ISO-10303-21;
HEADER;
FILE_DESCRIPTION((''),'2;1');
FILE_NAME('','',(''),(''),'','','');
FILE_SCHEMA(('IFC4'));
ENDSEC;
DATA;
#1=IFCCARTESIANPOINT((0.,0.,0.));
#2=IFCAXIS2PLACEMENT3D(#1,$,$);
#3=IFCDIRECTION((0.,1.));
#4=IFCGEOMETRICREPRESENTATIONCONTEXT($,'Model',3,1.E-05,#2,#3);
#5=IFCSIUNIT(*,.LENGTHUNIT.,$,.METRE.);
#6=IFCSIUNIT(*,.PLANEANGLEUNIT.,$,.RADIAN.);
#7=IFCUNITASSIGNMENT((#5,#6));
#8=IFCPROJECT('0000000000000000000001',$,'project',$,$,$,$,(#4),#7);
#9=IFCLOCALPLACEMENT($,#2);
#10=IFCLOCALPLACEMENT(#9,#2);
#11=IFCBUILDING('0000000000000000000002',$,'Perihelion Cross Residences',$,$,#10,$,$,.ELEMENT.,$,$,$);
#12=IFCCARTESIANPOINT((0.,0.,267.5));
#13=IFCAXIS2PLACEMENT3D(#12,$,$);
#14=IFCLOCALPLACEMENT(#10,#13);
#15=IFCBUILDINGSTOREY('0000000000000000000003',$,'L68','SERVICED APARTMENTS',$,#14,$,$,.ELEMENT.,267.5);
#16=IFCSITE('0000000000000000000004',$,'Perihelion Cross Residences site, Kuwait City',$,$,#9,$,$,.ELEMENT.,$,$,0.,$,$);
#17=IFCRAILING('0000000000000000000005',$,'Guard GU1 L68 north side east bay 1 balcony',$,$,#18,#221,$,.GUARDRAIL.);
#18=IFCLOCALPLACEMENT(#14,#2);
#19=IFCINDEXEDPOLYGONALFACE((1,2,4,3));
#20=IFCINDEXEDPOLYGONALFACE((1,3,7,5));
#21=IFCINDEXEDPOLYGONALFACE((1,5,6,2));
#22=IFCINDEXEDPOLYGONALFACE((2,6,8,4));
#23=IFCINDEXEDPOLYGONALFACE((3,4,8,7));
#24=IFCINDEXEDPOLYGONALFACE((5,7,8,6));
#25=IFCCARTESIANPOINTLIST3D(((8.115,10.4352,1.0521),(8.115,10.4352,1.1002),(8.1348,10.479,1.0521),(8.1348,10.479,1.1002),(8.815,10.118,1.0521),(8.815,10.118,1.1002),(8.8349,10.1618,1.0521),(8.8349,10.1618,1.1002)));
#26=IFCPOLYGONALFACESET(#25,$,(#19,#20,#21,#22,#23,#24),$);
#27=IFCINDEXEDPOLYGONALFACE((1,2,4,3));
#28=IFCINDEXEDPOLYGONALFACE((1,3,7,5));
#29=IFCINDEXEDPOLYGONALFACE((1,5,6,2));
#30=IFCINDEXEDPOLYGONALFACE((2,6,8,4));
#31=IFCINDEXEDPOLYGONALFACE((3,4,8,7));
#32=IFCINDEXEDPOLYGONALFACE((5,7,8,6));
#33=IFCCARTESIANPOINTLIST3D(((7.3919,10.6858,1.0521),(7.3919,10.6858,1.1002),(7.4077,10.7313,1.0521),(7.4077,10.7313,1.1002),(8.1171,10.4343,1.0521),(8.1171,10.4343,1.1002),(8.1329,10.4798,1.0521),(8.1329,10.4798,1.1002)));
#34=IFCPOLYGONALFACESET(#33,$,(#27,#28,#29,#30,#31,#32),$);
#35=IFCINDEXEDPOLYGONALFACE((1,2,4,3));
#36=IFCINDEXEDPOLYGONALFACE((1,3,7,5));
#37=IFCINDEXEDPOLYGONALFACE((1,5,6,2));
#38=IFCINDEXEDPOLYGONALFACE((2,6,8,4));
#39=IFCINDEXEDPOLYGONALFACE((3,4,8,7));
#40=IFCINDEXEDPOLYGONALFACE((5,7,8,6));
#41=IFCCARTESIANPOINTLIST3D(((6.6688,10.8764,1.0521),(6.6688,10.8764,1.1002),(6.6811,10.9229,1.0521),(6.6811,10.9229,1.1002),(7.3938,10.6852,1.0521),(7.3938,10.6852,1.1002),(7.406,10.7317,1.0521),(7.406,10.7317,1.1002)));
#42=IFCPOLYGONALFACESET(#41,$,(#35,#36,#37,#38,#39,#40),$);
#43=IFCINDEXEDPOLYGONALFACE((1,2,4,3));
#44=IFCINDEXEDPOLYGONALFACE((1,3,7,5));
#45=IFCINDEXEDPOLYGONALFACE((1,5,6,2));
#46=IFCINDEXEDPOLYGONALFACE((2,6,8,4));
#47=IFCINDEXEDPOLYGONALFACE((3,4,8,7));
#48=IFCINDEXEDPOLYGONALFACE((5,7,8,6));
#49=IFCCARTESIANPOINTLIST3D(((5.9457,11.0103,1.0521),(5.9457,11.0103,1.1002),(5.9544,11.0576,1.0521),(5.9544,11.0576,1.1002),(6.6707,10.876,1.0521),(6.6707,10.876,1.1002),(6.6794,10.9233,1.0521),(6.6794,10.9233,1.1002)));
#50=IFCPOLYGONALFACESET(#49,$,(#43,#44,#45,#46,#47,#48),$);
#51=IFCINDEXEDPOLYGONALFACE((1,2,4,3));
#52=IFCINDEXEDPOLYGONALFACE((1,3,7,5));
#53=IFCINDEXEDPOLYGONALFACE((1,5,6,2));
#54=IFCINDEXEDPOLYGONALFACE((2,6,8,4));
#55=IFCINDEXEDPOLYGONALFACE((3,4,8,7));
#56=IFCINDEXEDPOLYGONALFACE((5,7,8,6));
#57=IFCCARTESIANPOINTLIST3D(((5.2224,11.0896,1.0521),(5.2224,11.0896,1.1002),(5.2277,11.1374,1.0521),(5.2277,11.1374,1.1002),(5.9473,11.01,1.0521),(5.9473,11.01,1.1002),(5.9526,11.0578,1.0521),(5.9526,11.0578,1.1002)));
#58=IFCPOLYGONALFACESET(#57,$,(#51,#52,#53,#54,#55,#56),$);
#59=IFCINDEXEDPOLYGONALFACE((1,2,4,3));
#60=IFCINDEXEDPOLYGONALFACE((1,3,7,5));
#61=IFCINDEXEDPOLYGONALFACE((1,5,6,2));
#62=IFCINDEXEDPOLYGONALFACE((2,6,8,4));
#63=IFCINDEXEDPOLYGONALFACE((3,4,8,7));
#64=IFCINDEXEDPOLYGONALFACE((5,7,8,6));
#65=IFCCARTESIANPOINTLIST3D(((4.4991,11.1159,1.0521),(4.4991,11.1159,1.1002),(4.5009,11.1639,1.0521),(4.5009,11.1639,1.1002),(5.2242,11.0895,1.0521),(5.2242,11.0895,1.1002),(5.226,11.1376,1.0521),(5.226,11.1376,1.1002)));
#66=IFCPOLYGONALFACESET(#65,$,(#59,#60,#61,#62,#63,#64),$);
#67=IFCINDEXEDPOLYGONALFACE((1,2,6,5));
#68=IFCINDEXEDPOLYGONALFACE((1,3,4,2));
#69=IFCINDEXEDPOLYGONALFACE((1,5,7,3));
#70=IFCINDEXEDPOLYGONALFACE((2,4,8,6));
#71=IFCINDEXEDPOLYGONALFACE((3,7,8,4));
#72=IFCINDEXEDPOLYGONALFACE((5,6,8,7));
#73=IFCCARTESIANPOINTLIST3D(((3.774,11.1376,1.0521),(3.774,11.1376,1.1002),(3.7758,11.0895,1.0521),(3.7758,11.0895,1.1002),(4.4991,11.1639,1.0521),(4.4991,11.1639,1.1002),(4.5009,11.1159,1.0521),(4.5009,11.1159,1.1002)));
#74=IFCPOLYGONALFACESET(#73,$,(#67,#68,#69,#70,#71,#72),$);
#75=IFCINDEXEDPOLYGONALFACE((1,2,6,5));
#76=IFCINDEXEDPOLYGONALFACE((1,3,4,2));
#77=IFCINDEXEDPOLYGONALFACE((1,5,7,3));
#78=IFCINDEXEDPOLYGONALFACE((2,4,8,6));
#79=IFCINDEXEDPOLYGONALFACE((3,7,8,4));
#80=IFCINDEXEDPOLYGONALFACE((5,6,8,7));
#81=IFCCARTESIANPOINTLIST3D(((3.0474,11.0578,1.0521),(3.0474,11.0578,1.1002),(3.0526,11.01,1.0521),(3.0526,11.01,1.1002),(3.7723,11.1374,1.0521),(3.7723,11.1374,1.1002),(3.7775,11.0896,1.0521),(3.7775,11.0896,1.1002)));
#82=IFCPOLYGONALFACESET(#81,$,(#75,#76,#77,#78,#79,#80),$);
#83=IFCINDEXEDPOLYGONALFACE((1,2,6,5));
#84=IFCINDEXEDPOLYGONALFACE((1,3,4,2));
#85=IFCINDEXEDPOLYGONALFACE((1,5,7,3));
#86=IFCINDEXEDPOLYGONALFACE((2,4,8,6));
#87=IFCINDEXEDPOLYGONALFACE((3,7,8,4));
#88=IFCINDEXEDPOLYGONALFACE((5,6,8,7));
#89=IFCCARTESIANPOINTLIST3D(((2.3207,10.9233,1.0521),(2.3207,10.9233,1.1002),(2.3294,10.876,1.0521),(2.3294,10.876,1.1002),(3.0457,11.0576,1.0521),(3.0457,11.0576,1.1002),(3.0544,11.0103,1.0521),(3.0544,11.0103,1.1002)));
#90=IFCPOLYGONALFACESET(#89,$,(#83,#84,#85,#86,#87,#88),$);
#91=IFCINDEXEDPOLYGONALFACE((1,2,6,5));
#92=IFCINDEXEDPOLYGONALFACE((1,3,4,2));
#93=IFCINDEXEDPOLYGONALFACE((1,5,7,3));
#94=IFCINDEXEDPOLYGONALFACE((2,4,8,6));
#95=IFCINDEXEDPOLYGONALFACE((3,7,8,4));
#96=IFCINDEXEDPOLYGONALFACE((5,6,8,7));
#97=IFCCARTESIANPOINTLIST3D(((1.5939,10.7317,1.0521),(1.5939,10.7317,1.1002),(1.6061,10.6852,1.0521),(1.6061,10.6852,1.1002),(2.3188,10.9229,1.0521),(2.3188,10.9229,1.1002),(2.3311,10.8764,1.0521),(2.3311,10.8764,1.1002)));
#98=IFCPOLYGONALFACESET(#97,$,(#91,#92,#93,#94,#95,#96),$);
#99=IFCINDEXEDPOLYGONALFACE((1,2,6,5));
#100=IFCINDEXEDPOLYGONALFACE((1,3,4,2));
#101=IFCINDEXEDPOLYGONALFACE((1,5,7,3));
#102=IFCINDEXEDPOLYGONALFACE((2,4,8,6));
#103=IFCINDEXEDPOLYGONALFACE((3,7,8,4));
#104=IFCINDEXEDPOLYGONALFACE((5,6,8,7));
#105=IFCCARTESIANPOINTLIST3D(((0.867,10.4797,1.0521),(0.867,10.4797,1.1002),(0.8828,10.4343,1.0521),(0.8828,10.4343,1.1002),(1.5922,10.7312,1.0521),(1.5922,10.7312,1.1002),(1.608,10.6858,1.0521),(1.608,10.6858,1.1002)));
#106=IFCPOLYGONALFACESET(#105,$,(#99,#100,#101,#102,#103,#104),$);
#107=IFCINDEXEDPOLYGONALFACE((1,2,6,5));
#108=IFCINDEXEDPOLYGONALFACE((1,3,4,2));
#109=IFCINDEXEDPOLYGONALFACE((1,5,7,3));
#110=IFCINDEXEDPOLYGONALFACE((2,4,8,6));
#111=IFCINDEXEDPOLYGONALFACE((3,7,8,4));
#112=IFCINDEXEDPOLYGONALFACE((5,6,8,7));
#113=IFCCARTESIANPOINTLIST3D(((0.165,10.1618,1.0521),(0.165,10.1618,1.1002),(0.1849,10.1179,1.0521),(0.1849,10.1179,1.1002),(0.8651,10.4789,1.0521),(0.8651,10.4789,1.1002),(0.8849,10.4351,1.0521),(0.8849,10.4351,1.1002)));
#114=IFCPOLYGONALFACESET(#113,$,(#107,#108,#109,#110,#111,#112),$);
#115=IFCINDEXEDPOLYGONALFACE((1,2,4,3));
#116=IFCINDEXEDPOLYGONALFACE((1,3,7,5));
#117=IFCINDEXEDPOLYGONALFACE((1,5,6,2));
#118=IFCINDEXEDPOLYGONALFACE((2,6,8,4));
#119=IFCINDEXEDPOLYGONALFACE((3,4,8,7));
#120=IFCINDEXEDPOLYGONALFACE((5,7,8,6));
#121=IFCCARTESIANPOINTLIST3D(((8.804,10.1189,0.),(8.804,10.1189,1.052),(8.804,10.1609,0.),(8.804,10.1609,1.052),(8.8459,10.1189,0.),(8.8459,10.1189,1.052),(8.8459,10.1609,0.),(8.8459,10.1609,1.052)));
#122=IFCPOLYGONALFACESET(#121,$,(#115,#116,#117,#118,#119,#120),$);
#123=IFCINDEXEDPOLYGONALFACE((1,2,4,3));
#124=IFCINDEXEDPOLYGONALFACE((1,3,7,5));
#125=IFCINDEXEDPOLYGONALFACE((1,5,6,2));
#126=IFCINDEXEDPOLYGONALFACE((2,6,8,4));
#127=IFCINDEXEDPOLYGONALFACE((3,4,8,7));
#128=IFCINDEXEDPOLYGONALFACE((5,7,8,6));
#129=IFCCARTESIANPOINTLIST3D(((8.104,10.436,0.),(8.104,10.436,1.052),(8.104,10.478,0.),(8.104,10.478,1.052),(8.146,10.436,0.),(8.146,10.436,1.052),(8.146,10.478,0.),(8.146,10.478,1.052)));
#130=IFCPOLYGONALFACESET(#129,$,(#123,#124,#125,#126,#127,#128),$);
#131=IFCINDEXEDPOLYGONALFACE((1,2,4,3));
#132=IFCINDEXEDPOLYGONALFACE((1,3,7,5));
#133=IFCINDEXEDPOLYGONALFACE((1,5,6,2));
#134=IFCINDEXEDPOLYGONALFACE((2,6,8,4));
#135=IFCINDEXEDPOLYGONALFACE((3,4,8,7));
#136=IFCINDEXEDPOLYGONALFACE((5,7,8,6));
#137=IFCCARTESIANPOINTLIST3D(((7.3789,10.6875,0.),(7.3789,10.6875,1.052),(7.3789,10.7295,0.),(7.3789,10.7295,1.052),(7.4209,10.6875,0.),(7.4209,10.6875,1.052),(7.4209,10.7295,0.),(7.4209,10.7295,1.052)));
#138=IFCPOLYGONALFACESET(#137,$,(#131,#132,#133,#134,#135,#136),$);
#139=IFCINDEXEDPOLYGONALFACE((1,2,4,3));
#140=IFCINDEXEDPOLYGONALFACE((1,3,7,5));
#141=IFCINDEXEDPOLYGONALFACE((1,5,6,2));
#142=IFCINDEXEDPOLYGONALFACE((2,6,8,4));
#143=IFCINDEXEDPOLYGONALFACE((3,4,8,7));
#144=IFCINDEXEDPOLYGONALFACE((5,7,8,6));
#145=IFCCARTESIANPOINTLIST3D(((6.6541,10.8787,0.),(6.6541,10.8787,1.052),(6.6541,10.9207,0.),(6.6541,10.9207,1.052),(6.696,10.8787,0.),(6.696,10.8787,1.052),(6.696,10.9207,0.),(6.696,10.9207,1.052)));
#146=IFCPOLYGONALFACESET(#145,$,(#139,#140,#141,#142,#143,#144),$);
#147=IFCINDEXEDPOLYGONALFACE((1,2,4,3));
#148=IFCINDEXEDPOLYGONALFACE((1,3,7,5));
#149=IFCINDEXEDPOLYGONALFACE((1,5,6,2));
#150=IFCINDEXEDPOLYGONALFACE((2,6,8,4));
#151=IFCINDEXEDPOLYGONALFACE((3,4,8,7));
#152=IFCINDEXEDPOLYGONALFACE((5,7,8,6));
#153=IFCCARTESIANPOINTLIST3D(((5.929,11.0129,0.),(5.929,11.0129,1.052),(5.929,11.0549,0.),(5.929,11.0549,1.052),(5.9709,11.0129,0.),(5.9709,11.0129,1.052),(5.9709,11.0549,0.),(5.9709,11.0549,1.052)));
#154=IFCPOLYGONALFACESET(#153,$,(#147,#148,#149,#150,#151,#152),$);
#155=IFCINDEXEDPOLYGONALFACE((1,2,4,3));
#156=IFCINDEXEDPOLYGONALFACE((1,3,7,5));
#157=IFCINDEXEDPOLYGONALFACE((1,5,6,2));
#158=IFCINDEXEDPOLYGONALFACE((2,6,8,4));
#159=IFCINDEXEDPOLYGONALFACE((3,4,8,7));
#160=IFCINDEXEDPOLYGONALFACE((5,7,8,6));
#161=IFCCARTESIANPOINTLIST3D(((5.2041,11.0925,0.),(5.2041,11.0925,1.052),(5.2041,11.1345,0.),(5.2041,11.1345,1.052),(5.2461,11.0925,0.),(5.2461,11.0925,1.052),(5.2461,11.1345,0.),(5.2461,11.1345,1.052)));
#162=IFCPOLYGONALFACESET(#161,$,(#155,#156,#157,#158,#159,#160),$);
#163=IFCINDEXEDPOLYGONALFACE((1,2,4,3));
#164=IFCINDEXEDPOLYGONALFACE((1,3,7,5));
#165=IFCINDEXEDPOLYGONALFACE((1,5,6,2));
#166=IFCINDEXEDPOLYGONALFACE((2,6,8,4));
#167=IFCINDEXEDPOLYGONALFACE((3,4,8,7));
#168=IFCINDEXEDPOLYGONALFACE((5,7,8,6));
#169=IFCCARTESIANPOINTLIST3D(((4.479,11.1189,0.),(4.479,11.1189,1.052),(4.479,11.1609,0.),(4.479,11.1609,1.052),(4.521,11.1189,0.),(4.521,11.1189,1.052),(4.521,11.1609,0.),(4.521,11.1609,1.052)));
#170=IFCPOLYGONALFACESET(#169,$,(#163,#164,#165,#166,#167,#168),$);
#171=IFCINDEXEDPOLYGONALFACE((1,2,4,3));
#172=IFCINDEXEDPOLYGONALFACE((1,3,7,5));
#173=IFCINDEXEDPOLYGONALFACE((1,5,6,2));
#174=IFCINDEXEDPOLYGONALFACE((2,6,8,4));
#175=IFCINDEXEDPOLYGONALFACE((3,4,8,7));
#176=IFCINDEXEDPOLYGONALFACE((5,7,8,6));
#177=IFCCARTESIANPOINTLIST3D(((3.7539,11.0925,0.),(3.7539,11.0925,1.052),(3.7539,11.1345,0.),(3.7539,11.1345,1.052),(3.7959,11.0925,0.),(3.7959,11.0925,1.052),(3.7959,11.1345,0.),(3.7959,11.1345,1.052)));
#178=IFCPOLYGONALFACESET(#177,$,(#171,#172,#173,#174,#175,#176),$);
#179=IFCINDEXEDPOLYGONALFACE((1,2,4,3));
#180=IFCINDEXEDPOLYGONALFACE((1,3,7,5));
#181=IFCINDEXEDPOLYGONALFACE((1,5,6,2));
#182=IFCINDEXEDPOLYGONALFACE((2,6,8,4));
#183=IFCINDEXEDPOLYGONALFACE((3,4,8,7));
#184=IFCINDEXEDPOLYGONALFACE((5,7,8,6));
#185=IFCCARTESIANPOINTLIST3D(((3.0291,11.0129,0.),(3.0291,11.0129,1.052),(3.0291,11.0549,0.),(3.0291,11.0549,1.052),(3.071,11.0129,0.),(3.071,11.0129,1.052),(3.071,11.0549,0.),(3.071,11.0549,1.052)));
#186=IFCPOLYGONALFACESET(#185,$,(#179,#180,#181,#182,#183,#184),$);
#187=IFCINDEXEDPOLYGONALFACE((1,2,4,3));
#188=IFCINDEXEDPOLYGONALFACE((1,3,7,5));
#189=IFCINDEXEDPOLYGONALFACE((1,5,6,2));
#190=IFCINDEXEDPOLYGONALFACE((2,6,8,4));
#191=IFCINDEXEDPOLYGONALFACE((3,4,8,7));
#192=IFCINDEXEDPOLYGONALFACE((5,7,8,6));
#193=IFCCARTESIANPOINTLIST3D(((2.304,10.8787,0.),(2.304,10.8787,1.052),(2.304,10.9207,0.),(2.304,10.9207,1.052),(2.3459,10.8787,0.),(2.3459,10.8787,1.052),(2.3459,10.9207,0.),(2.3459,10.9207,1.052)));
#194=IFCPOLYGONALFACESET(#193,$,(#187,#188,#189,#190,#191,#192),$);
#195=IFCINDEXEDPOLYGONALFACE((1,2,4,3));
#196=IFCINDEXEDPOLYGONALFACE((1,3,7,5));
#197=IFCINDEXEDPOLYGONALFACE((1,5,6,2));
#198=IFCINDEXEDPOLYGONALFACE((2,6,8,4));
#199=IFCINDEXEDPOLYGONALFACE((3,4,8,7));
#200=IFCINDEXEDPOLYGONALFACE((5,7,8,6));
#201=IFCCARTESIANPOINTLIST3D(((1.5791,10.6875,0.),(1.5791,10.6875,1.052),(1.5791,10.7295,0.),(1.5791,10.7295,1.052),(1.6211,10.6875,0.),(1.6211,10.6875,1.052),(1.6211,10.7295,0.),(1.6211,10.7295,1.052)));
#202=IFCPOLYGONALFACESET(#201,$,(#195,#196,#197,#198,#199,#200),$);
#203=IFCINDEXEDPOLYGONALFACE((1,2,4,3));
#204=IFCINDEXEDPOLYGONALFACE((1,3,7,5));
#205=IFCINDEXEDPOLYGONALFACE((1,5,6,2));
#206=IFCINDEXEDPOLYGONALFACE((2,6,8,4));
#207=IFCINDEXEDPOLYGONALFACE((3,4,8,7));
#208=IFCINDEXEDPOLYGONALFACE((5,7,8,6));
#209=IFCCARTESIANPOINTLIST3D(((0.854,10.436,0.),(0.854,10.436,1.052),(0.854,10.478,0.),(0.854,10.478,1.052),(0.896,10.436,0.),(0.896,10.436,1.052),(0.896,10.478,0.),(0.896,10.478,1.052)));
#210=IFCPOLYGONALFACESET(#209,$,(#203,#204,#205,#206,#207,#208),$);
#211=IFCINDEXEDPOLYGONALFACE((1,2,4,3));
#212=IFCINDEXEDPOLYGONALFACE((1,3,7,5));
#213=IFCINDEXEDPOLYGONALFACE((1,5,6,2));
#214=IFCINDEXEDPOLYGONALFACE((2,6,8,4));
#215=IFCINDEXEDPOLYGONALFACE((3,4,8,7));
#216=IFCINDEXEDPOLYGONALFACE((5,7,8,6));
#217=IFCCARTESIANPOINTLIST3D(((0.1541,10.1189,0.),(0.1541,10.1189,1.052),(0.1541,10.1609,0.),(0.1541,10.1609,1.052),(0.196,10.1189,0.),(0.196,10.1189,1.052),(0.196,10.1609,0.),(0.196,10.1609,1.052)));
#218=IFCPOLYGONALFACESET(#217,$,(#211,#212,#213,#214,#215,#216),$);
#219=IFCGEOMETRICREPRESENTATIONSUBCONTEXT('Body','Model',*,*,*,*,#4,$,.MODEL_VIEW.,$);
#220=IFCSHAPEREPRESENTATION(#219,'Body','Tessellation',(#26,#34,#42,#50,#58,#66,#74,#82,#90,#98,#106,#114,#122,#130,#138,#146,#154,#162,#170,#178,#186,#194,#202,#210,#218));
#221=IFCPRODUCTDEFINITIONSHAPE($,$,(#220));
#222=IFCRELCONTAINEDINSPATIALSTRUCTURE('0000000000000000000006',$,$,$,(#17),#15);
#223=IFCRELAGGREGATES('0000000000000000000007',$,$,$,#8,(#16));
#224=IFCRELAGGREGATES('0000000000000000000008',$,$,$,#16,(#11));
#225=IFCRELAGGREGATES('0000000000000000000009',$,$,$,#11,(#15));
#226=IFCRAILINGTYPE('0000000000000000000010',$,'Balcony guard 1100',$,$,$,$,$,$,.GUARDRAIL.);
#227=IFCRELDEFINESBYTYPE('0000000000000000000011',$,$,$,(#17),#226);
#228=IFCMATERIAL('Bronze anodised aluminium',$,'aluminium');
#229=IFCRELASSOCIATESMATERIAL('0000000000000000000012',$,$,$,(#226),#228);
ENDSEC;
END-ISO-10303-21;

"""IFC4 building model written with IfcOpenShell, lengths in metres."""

from ifc_helpers import new_model, si_unit, direction, frame, origin, origin_2d, place, context, subcontext, project, spatial, rectangle, extrude, material, type_object, element, save


model = new_model("IFC4")

# Units and contexts
model_context = context("Model", 3, precision=1e-05, world=origin(), true_north=direction((0.0, 1.0)))
body_context = subcontext(model_context, "Body", "Model", "MODEL_VIEW")
ifc_project = project(units=[si_unit("LENGTHUNIT", "METRE"), si_unit("PLANEANGLEUNIT", "RADIAN")], contexts=[model_context])

# Site, building, storey
site_placement = place(None, origin())
site = spatial("IfcSite", under=ifc_project, at=site_placement, Name="Perihelion Cross Residences site, Kuwait City", CompositionType="ELEMENT", RefElevation=0.0)
building_placement = place(site_placement, origin())
building = spatial("IfcBuilding", under=site, at=building_placement, Name="Perihelion Cross Residences", CompositionType="ELEMENT")
storey_placement = place(building_placement, frame((0.0, 0.0, 267.5)))
storey = spatial("IfcBuildingStorey", under=building, at=storey_placement, Name="L68", Description="SERVICED APARTMENTS", CompositionType="ELEMENT", Elevation=267.5)

# Railing
ifc_material_1 = material(Name="Bronze anodised aluminium", Category="aluminium")
railing_type = type_object("IfcRailingType", Name="Balcony guard 1100", PredefinedType="GUARDRAIL", material=ifc_material_1)
railing_placement = place(storey_placement, frame((8.825, 10.1399, 0.0)))
element("IfcRailing", 1, at=railing_placement, inside=storey, type_object=railing_type, Name="Guard GU1 L68 north side east bay 1 balcony", PredefinedType="GUARDRAIL", context=body_context, shape_type="SweptSolid", body=[
    extrude(rectangle(XDim=0.0481, YDim=0.0481, at=origin_2d()), frame((0.0, 0.0, 1.0762), z_axis=(-0.910866, 0.412702, 0.0), x_axis=(-0.412702, -0.910866, 0.0)), (0.0, 0.0, 1.0), 0.7686),
    extrude(rectangle(XDim=0.0481, YDim=0.0481, at=origin_2d()), frame((-0.7, 0.3171, 1.0762), z_axis=(-0.944797, 0.327657, 0.0), x_axis=(-0.327657, -0.944797, 0.0)), (0.0, 0.0, 1.0), 0.7676),
    extrude(rectangle(XDim=0.0481, YDim=0.0481, at=origin_2d()), frame((-1.425, 0.5686, 1.0762), z_axis=(-0.966939, 0.255006, 0.0), x_axis=(-0.255006, -0.966939, 0.0)), (0.0, 0.0, 1.0), 0.7498),
    extrude(rectangle(XDim=0.0481, YDim=0.0481, at=origin_2d()), frame((-2.1499, 0.7598, 1.0762), z_axis=(-0.983282, 0.182089, 0.0), x_axis=(-0.182089, -0.983282, 0.0)), (0.0, 0.0, 1.0), 0.7373),
    extrude(rectangle(XDim=0.0481, YDim=0.0481, at=origin_2d()), frame((-2.875, 0.894, 1.0762), z_axis=(-0.994026, 0.109145, 0.0), x_axis=(-0.109145, -0.994026, 0.0)), (0.0, 0.0, 1.0), 0.7292),
    extrude(rectangle(XDim=0.0481, YDim=0.0481, at=origin_2d()), frame((-3.5999, 0.9736, 1.0762), z_axis=(-0.999339, 0.03634, 0.0), x_axis=(-0.03634, -0.999339, 0.0)), (0.0, 0.0, 1.0), 0.7256),
    extrude(rectangle(XDim=0.0481, YDim=0.0481, at=origin_2d()), frame((-4.325, 1.0, 1.0762), z_axis=(-0.999339, -0.03634, 0.0), x_axis=(0.03634, -0.999339, 0.0)), (0.0, 0.0, 1.0), 0.7256),
    extrude(rectangle(XDim=0.0481, YDim=0.0481, at=origin_2d()), frame((-5.05, 0.9736, 1.0762), z_axis=(-0.994026, -0.109145, 0.0), x_axis=(0.109145, -0.994026, 0.0)), (0.0, 0.0, 1.0), 0.7292),
    extrude(rectangle(XDim=0.0481, YDim=0.0481, at=origin_2d()), frame((-5.7749, 0.894, 1.0762), z_axis=(-0.983282, -0.182089, 0.0), x_axis=(0.182089, -0.983282, 0.0)), (0.0, 0.0, 1.0), 0.7373),
    extrude(rectangle(XDim=0.0481, YDim=0.0481, at=origin_2d()), frame((-6.5, 0.7598, 1.0762), z_axis=(-0.966939, -0.255006, 0.0), x_axis=(0.255006, -0.966939, 0.0)), (0.0, 0.0, 1.0), 0.7498),
    extrude(rectangle(XDim=0.0481, YDim=0.0481, at=origin_2d()), frame((-7.2249, 0.5686, 1.0762), z_axis=(-0.944797, -0.327657, 0.0), x_axis=(0.327657, -0.944797, 0.0)), (0.0, 0.0, 1.0), 0.7676),
    extrude(rectangle(XDim=0.0481, YDim=0.0481, at=origin_2d()), frame((-7.95, 0.3171, 1.0762), z_axis=(-0.910866, -0.412702, 0.0), x_axis=(0.412702, -0.910866, 0.0)), (0.0, 0.0, 1.0), 0.7686),
    extrude(rectangle(XDim=0.042, YDim=0.042, at=origin_2d()), origin(), (0.0, 0.0, 1.0), 1.052),
    extrude(rectangle(XDim=0.042, YDim=0.042, at=origin_2d()), frame((-0.7, 0.3171, 0.0)), (0.0, 0.0, 1.0), 1.052),
    extrude(rectangle(XDim=0.042, YDim=0.042, at=origin_2d()), frame((-1.425, 0.5686, 0.0)), (0.0, 0.0, 1.0), 1.052),
    extrude(rectangle(XDim=0.042, YDim=0.042, at=origin_2d()), frame((-2.1499, 0.7598, 0.0)), (0.0, 0.0, 1.0), 1.052),
    extrude(rectangle(XDim=0.042, YDim=0.042, at=origin_2d()), frame((-2.875, 0.894, 0.0)), (0.0, 0.0, 1.0), 1.052),
    extrude(rectangle(XDim=0.042, YDim=0.042, at=origin_2d()), frame((-3.5999, 0.9736, 0.0)), (0.0, 0.0, 1.0), 1.052),
    extrude(rectangle(XDim=0.042, YDim=0.042, at=origin_2d()), frame((-4.325, 1.0, 0.0)), (0.0, 0.0, 1.0), 1.052),
    extrude(rectangle(XDim=0.042, YDim=0.042, at=origin_2d()), frame((-5.05, 0.9736, 0.0)), (0.0, 0.0, 1.0), 1.052),
    extrude(rectangle(XDim=0.042, YDim=0.042, at=origin_2d()), frame((-5.7749, 0.894, 0.0)), (0.0, 0.0, 1.0), 1.052),
    extrude(rectangle(XDim=0.042, YDim=0.042, at=origin_2d()), frame((-6.5, 0.7598, 0.0)), (0.0, 0.0, 1.0), 1.052),
    extrude(rectangle(XDim=0.042, YDim=0.042, at=origin_2d()), frame((-7.2249, 0.5686, 0.0)), (0.0, 0.0, 1.0), 1.052),
    extrude(rectangle(XDim=0.042, YDim=0.042, at=origin_2d()), frame((-7.95, 0.3171, 0.0)), (0.0, 0.0, 1.0), 1.052),
    extrude(rectangle(XDim=0.042, YDim=0.042, at=origin_2d()), frame((-8.6499, 0.0, 0.0)), (0.0, 0.0, 1.0), 1.052),
])

save(model, "model.ifc")
